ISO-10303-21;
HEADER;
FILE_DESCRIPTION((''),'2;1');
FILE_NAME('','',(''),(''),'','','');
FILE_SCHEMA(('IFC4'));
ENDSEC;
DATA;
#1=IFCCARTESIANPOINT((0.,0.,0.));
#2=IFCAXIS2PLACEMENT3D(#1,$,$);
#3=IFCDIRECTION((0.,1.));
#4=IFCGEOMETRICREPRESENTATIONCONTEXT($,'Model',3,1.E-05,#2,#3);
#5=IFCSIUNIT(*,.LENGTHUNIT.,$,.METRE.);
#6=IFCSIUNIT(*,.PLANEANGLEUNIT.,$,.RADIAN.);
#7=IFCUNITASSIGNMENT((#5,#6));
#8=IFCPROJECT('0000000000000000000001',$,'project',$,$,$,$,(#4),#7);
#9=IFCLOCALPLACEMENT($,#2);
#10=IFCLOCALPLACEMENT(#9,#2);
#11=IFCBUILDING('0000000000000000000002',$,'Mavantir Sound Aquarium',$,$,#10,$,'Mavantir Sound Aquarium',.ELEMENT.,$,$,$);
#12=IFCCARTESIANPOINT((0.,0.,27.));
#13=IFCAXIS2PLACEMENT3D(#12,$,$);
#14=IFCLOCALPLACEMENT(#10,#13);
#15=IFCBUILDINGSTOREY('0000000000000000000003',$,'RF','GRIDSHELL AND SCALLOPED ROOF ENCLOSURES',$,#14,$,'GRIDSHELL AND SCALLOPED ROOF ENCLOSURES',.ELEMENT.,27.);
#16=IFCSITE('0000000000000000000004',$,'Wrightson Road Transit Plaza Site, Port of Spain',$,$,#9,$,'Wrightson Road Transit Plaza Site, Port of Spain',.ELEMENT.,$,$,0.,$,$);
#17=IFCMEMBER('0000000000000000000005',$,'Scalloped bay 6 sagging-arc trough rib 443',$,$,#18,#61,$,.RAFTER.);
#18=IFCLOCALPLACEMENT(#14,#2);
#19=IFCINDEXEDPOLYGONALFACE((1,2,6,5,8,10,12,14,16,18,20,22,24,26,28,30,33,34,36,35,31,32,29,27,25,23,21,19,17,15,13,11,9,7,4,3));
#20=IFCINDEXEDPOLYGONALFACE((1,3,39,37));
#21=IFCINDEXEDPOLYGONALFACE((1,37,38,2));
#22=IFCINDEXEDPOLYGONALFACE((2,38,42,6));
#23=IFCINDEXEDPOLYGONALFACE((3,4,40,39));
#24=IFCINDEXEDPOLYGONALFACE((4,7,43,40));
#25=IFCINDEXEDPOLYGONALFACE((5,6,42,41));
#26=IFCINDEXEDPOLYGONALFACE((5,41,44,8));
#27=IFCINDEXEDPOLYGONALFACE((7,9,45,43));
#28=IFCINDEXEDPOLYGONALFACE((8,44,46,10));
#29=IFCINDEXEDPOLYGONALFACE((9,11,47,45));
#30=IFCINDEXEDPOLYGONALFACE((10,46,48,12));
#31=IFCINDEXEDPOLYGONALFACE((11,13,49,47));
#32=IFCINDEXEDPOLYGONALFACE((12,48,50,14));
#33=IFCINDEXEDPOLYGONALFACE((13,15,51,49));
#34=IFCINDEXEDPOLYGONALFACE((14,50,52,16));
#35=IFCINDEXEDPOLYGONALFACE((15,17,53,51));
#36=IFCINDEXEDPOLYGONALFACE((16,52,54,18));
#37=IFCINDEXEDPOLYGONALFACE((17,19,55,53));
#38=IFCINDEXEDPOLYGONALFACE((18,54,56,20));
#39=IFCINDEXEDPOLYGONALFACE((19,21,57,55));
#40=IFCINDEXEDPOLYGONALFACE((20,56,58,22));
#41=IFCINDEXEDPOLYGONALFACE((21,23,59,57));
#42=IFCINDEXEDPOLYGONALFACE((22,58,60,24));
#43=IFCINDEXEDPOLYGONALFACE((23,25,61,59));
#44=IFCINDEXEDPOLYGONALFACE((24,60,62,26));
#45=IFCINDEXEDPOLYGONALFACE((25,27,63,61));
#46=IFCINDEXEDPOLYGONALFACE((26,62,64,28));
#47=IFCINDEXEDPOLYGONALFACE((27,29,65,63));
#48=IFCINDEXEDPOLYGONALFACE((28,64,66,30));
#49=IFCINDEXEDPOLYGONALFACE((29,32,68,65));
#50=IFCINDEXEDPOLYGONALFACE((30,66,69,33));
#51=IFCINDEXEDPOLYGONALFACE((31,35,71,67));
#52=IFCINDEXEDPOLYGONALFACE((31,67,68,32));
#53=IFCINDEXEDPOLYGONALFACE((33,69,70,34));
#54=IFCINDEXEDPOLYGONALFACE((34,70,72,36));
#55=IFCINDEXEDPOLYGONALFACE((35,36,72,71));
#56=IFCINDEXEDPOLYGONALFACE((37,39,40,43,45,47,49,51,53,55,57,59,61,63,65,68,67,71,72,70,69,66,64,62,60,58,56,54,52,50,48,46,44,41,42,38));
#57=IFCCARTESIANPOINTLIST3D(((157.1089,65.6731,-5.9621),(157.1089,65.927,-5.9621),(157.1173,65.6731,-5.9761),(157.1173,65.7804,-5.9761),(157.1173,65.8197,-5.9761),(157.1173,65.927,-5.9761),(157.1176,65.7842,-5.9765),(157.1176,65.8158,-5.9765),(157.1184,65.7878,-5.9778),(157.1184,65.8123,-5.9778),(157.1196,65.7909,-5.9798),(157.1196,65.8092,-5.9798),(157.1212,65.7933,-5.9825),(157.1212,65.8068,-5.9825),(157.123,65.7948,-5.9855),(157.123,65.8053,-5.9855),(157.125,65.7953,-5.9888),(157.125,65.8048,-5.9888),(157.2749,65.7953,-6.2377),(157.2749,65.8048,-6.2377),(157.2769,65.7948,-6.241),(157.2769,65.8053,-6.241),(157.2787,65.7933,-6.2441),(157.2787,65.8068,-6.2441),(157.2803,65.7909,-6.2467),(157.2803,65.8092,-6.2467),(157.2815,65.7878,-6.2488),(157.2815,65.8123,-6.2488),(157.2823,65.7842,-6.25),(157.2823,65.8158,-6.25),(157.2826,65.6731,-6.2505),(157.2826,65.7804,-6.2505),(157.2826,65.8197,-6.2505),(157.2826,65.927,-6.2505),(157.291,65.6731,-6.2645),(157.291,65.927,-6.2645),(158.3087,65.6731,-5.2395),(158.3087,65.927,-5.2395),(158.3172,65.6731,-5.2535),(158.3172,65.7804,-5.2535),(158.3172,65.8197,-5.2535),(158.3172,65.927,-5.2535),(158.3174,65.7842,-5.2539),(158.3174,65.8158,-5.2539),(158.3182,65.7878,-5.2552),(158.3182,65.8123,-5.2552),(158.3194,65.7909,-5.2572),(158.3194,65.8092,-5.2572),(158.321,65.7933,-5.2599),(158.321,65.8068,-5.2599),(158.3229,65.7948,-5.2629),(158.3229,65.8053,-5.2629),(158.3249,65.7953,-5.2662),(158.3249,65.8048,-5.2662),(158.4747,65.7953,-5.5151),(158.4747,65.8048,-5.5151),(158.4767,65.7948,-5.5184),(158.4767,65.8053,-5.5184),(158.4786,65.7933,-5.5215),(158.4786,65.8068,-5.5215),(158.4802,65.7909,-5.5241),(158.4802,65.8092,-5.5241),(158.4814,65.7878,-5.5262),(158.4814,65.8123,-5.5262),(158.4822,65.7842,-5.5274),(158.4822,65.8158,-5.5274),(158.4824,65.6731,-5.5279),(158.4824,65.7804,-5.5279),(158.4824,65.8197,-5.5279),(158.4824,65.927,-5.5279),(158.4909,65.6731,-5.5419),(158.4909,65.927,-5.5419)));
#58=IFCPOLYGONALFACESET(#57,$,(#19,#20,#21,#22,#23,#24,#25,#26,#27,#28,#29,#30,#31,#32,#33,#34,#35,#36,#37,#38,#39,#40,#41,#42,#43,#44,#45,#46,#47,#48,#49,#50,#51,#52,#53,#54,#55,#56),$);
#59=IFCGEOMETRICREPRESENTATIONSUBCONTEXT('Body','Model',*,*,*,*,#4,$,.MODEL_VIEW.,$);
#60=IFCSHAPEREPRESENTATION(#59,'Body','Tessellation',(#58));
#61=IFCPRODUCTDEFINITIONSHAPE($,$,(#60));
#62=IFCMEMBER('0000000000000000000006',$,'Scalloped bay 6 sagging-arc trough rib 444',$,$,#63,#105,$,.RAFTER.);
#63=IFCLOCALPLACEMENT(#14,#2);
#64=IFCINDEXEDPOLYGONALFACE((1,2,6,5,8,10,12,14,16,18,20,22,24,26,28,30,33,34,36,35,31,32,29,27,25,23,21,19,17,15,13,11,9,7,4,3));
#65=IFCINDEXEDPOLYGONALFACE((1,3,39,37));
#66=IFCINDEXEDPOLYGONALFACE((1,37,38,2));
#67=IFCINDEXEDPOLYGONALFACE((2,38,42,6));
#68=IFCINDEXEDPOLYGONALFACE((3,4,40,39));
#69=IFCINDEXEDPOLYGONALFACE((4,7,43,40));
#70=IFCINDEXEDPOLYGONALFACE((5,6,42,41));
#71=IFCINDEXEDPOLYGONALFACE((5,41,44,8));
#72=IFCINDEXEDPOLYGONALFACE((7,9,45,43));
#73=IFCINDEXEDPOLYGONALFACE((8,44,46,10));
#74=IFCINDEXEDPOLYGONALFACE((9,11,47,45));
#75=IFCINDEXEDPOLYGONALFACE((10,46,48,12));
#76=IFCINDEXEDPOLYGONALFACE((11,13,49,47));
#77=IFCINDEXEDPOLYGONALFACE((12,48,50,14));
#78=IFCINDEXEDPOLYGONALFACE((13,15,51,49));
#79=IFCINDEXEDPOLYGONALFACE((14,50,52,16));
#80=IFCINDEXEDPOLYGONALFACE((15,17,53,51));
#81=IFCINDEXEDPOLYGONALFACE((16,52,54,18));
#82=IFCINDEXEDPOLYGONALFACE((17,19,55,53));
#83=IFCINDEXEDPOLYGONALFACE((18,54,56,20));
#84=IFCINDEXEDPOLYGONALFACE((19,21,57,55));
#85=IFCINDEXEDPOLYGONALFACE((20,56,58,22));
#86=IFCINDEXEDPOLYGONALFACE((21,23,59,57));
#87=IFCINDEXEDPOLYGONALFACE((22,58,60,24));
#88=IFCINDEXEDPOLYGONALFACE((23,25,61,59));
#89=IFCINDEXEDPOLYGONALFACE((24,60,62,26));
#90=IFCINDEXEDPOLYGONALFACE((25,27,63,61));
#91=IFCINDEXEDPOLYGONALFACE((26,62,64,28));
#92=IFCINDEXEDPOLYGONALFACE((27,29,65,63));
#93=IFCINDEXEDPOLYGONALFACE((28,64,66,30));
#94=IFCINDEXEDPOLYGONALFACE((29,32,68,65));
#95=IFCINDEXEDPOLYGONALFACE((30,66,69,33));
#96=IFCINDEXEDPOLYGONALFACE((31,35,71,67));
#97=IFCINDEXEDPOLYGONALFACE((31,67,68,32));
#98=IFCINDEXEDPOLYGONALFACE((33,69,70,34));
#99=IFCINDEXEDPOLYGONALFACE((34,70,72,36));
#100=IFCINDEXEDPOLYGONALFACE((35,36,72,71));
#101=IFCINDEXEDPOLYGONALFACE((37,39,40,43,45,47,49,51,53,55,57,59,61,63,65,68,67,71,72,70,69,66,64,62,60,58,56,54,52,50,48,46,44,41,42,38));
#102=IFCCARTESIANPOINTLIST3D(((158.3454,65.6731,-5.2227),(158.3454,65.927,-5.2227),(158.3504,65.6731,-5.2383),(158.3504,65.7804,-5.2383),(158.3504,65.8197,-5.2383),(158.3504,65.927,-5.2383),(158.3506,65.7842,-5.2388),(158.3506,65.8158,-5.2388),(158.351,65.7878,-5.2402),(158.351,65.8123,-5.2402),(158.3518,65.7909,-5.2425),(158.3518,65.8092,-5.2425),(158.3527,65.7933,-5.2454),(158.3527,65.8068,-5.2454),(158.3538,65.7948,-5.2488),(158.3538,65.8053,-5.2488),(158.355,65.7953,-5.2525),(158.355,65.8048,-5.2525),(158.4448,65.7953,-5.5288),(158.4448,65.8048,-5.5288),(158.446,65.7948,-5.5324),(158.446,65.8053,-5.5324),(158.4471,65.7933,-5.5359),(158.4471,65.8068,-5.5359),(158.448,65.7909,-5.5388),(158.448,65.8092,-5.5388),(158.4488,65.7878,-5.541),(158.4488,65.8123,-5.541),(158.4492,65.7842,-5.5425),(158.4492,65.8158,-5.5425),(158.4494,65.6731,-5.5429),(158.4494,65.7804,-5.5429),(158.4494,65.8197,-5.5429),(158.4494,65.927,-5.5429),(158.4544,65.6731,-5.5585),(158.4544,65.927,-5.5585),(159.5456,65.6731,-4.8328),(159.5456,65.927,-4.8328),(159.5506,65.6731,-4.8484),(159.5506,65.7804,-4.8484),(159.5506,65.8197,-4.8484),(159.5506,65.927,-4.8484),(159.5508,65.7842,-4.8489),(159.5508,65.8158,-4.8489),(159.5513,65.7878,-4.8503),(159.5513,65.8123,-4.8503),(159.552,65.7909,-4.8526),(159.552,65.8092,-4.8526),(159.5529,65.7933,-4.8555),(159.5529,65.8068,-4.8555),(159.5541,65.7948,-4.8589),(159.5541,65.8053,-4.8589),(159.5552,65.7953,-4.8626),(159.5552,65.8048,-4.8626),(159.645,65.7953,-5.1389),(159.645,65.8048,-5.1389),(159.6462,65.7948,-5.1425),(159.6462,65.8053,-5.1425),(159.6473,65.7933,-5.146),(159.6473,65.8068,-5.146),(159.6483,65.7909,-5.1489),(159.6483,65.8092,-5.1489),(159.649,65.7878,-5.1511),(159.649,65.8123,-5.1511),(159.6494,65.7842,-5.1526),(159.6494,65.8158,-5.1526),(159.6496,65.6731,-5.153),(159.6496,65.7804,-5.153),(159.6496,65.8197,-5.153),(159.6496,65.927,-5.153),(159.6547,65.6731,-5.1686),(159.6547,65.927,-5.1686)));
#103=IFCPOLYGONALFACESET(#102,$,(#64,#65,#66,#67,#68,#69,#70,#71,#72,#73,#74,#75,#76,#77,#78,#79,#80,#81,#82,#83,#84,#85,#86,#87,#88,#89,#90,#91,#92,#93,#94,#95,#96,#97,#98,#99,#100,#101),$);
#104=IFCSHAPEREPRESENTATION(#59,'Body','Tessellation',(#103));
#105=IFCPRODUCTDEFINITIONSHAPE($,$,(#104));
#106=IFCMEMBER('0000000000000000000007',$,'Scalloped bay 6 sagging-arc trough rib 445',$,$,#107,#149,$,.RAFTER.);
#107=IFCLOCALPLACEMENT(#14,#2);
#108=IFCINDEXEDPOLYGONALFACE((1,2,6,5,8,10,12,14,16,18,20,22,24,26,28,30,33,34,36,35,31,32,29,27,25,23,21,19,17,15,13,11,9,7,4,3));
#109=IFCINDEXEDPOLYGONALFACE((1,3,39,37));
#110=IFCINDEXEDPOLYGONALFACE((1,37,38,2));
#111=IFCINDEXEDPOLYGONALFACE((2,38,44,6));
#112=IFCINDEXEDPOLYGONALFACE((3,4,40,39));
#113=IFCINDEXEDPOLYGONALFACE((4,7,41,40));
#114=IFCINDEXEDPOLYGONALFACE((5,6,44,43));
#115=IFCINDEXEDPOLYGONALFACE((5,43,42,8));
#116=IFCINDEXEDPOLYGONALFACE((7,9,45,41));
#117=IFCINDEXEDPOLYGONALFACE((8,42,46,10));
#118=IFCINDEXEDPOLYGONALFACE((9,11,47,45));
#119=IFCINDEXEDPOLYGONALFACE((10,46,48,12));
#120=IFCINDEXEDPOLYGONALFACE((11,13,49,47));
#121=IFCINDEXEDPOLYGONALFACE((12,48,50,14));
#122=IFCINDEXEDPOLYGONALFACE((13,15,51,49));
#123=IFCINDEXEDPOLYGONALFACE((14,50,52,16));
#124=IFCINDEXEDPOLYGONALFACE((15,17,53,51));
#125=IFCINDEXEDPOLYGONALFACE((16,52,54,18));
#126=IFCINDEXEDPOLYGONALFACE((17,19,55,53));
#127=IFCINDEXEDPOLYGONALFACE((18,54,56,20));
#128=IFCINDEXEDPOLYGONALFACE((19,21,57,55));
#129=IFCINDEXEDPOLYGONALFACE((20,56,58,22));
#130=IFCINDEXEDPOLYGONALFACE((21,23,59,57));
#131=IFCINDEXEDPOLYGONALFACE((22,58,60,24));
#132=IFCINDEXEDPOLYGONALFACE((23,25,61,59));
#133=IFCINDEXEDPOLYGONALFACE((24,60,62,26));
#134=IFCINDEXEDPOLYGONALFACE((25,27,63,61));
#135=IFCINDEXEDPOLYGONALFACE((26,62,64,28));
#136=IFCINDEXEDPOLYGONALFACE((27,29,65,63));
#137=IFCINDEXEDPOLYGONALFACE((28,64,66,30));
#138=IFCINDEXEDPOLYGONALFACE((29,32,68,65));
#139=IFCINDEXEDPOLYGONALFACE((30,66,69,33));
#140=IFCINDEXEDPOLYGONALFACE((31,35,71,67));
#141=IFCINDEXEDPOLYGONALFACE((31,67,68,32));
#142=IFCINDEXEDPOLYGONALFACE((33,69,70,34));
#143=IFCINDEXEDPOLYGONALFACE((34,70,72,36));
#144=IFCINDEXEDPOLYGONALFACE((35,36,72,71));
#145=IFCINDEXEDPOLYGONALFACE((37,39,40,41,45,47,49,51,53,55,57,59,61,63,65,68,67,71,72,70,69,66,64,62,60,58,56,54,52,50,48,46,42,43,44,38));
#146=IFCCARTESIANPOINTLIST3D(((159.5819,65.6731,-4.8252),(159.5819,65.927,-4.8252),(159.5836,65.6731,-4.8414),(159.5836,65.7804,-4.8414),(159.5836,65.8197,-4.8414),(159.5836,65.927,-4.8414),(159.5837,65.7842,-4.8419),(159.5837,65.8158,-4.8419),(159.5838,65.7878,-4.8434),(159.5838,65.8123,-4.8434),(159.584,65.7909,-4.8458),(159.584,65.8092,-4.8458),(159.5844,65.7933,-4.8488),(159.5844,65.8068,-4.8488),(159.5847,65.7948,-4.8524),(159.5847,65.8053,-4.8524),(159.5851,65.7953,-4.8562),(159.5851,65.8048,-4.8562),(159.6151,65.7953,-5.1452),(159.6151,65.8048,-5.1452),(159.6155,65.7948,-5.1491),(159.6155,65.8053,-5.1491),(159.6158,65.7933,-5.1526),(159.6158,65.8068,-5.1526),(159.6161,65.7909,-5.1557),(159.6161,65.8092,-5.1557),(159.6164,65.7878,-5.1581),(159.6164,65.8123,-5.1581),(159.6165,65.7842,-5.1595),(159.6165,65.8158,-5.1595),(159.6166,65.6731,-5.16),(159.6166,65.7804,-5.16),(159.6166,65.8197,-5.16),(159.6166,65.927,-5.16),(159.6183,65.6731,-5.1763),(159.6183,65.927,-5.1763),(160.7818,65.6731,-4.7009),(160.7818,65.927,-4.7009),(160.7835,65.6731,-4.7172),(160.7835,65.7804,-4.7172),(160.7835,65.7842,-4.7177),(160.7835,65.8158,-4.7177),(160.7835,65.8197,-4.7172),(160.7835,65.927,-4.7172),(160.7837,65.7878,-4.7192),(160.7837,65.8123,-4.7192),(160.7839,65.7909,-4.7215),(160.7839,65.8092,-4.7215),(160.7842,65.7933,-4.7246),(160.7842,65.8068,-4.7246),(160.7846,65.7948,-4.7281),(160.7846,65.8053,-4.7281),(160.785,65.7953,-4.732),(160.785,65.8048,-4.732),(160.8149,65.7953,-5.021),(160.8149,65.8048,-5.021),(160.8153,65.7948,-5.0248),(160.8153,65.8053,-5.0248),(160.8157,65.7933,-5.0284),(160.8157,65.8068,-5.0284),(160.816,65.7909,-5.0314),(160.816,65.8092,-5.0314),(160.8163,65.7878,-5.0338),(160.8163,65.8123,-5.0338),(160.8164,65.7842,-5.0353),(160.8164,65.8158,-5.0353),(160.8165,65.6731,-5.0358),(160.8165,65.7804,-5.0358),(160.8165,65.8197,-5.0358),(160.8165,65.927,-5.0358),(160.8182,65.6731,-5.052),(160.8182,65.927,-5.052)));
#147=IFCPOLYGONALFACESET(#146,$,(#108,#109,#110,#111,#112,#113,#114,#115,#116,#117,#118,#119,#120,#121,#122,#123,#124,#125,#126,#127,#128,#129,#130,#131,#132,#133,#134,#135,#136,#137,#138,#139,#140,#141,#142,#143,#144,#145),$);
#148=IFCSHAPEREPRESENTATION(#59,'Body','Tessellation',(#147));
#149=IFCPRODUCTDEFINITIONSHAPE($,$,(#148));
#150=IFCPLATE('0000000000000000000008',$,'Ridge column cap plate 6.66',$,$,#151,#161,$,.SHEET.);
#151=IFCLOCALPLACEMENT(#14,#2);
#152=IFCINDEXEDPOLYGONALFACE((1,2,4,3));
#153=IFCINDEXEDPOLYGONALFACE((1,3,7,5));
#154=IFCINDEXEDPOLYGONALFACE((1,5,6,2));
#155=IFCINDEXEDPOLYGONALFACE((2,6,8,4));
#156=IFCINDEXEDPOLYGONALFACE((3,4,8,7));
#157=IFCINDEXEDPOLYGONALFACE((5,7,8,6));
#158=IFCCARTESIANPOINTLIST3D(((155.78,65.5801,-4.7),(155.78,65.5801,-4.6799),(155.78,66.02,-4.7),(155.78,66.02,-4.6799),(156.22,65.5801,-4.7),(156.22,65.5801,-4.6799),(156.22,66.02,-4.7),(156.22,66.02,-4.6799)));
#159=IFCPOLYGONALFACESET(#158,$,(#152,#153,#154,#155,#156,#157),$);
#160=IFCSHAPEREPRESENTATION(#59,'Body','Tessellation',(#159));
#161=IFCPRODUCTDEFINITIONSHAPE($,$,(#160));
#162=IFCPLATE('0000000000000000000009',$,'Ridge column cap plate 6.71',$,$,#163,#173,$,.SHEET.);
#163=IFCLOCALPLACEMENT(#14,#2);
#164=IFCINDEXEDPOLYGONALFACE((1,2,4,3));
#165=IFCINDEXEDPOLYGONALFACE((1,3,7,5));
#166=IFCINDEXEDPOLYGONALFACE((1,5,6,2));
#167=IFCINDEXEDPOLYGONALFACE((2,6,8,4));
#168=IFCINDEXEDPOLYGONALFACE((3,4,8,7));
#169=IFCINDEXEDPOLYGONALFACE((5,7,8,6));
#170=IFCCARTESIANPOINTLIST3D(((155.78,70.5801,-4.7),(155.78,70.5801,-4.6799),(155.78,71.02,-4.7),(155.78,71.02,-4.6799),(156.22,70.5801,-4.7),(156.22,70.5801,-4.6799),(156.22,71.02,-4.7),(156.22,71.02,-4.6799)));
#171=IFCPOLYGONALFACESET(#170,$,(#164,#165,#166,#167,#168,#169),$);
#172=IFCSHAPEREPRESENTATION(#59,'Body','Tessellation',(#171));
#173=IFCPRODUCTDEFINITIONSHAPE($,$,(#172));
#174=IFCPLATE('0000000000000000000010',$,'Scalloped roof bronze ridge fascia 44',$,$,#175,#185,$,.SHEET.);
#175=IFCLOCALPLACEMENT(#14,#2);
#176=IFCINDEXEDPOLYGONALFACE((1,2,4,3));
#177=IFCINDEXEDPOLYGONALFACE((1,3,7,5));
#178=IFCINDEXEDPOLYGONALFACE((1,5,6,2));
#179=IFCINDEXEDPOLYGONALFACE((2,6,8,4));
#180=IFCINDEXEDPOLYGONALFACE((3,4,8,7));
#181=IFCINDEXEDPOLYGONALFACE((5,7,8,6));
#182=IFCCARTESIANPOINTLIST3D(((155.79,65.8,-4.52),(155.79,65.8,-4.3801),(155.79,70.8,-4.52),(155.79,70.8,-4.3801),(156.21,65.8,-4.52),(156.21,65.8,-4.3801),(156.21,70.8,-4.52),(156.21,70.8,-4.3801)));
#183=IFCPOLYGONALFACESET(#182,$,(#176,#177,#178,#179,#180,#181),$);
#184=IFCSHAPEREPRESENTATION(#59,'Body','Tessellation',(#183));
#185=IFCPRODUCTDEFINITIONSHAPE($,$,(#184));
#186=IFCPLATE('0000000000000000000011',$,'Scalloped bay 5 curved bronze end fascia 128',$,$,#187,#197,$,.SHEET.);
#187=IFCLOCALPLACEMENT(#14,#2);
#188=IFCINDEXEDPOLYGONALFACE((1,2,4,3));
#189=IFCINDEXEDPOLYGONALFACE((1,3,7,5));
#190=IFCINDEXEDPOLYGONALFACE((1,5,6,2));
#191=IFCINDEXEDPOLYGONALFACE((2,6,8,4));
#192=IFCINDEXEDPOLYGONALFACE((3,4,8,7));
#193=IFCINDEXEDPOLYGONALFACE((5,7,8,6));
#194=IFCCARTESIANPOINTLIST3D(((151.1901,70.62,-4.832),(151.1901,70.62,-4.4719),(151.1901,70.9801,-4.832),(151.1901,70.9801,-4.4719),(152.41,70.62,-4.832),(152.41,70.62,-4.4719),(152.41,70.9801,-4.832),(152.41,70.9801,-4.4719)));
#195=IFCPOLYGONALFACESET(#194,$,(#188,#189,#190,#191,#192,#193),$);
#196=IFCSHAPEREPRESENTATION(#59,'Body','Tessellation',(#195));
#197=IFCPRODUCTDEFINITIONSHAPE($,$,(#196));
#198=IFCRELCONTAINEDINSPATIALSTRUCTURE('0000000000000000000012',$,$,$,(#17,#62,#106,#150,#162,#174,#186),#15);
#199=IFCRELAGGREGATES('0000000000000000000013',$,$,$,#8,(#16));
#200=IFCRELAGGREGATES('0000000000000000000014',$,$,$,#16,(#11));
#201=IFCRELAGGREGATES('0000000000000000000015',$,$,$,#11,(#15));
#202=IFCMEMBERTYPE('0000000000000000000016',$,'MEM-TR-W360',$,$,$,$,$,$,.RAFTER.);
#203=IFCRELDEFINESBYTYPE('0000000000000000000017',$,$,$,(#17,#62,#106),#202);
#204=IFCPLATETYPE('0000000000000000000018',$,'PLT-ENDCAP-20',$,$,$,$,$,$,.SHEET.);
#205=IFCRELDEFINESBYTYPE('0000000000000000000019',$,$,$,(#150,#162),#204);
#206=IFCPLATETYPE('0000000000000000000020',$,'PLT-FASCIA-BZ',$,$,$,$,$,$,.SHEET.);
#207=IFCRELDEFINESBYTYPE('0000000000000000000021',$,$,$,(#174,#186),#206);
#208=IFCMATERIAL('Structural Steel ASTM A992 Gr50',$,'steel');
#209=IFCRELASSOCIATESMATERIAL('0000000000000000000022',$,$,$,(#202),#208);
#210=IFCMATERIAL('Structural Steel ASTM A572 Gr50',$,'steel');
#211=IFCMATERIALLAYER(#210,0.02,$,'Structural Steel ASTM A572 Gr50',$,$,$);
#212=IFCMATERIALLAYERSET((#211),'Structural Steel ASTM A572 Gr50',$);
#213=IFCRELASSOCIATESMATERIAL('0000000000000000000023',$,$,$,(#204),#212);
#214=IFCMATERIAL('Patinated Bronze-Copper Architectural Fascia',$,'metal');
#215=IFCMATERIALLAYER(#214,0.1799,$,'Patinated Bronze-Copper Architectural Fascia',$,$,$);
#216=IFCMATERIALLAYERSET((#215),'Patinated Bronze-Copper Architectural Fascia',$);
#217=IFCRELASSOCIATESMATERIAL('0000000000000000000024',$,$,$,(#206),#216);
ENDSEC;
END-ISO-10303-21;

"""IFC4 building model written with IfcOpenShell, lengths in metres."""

from ifc_helpers import new_model, si_unit, direction, frame, origin, origin_2d, place, context, subcontext, project, spatial, rectangle, i_section, extrude, material, layer, layer_set, material_profile, profile_set, type_object, element, save


model = new_model("IFC4")

# Units and contexts
model_context = context("Model", 3, precision=1e-05, world=origin(), true_north=direction((0.0, 1.0)))
body_context = subcontext(model_context, "Body", "Model", "MODEL_VIEW")
ifc_project = project(units=[si_unit("LENGTHUNIT", "METRE"), si_unit("PLANEANGLEUNIT", "RADIAN")], contexts=[model_context])

# Site, building, storey
site_placement = place(None, origin())
site = spatial("IfcSite", under=ifc_project, at=site_placement, Name="Wrightson Road Transit Plaza Site, Port of Spain", LongName="Wrightson Road Transit Plaza Site, Port of Spain", CompositionType="ELEMENT", RefElevation=0.0)
building_placement = place(site_placement, origin())
building = spatial("IfcBuilding", under=site, at=building_placement, Name="Mavantir Sound Aquarium", LongName="Mavantir Sound Aquarium", CompositionType="ELEMENT")
storey_placement = place(building_placement, frame((0.0, 0.0, 27.0)))
storey = spatial("IfcBuildingStorey", under=building, at=storey_placement, Name="RF", Description="GRIDSHELL AND SCALLOPED ROOF ENCLOSURES", LongName="GRIDSHELL AND SCALLOPED ROOF ENCLOSURES", CompositionType="ELEMENT", Elevation=27.0)

# Shared definitions
ifc_material_1 = material(Name="Structural Steel ASTM A992 Gr50", Category="steel")

# Members
ifc_material_profile_1 = material_profile(ifc_material_1, i_section(OverallWidth=0.2539, OverallDepth=0.353, WebThickness=0.0095, FlangeThickness=0.0164, FilletRadius=0.0149, at=origin_2d()), Name="W360X91")
ifc_profile_set_1 = profile_set([ifc_material_profile_1], Name="Structural Steel ASTM A992 Gr50")
member_type_1 = type_object("IfcMemberType", Name="MEM-TR-W360", PredefinedType="RAFTER", material=ifc_profile_set_1)
member_1_placement = place(storey_placement, frame((157.2, 65.8, -6.1133), z_axis=(0.856646, 0.0, 0.515905), x_axis=(0.0, 1.0, 0.0)))
element("IfcMember", 1, at=member_1_placement, inside=storey, type_object=member_type_1, Name="Scalloped bay 6 sagging-arc trough rib 443", PredefinedType="RAFTER", context=body_context, shape_type="SweptSolid", body=[
    extrude(i_section(OverallWidth=0.2539, OverallDepth=0.353, WebThickness=0.0095, FlangeThickness=0.0164, FilletRadius=0.0149, at=origin_2d()), origin(), (0.0, 0.0, 1.0), 1.4006),
])
member_2_placement = place(storey_placement, frame((158.3999, 65.8, -5.3906), z_axis=(0.951074, 0.0, 0.308964), x_axis=(0.0, 1.0, 0.0)))
element("IfcMember", 2, at=member_2_placement, inside=storey, type_object=member_type_1, Name="Scalloped bay 6 sagging-arc trough rib 444", PredefinedType="RAFTER", context=body_context, shape_type="SweptSolid", body=[
    extrude(i_section(OverallWidth=0.2539, OverallDepth=0.353, WebThickness=0.0095, FlangeThickness=0.0164, FilletRadius=0.0149, at=origin_2d()), origin(), (0.0, 0.0, 1.0), 1.262),
])
member_3_placement = place(storey_placement, frame((159.6001, 65.8, -5.0007), z_axis=(0.99468, 0.0, 0.10301), x_axis=(0.0, 1.0, 0.0)))
element("IfcMember", 3, at=member_3_placement, inside=storey, type_object=member_type_1, Name="Scalloped bay 6 sagging-arc trough rib 445", PredefinedType="RAFTER", context=body_context, shape_type="SweptSolid", body=[
    extrude(i_section(OverallWidth=0.2539, OverallDepth=0.353, WebThickness=0.0095, FlangeThickness=0.0164, FilletRadius=0.0149, at=origin_2d()), origin(), (0.0, 0.0, 1.0), 1.2063),
])

# Plates
ifc_material_2 = material(Name="Structural Steel ASTM A572 Gr50", Category="steel")
ifc_layer_1 = layer(ifc_material_2, 0.02, Name="Structural Steel ASTM A572 Gr50")
ifc_layer_set_1 = layer_set([ifc_layer_1], Name="Structural Steel ASTM A572 Gr50")
plate_type_1 = type_object("IfcPlateType", Name="PLT-ENDCAP-20", PredefinedType="SHEET", material=ifc_layer_set_1)
for number, where, z_axis, x_axis, name in (
    (4, (156.0, 65.8, -4.7), (0.0, 0.0, 1.0), (1.0, 0.0, 0.0), "Ridge column cap plate 6.66"),
    (5, (156.0, 70.8, -4.7), (0.0, 0.0, 1.0), (1.0, 0.0, 0.0), "Ridge column cap plate 6.71"),
):
    element("IfcPlate", number, at=place(storey_placement, frame(where, z_axis=z_axis, x_axis=x_axis)), inside=storey, type_object=plate_type_1, Name=name, PredefinedType="SHEET", context=body_context, shape_type="SweptSolid", body=[
        extrude(rectangle(XDim=0.4399, YDim=0.4399, at=origin_2d()), origin(), (0.0, 0.0, 1.0), 0.02),
    ])
ifc_material_3 = material(Name="Patinated Bronze-Copper Architectural Fascia", Category="metal")
ifc_layer_2 = layer(ifc_material_3, 0.1799, Name="Patinated Bronze-Copper Architectural Fascia")
ifc_layer_set_2 = layer_set([ifc_layer_2], Name="Patinated Bronze-Copper Architectural Fascia")
plate_type_2 = type_object("IfcPlateType", Name="PLT-FASCIA-BZ", PredefinedType="SHEET", material=ifc_layer_set_2)
plate_placement = place(storey_placement, frame((156.0, 68.3, -4.52), z_axis=(0.0, 0.0, 1.0), x_axis=(1.0, 0.0, 0.0)))
element("IfcPlate", 6, at=plate_placement, inside=storey, type_object=plate_type_2, Name="Scalloped roof bronze ridge fascia 44", PredefinedType="SHEET", context=body_context, shape_type="SweptSolid", body=[
    extrude(rectangle(XDim=0.4199, YDim=5.0, at=origin_2d()), origin(), (0.0, 0.0, 1.0), 0.1399),
])
for number, where, z_axis, x_axis, name in (
    (7, (151.8, 70.8, -4.832), (0.0, 0.0, 1.0), (1.0, 0.0, 0.0), "Scalloped bay 5 curved bronze end fascia 128"),
):
    element("IfcPlate", number, at=place(storey_placement, frame(where, z_axis=z_axis, x_axis=x_axis)), inside=storey, type_object=plate_type_2, Name=name, PredefinedType="SHEET", context=body_context, shape_type="SweptSolid", body=[
        extrude(rectangle(XDim=1.22, YDim=0.3601, at=origin_2d()), origin(), (0.0, 0.0, 1.0), 0.3601),
    ])

save(model, "model.ifc")
